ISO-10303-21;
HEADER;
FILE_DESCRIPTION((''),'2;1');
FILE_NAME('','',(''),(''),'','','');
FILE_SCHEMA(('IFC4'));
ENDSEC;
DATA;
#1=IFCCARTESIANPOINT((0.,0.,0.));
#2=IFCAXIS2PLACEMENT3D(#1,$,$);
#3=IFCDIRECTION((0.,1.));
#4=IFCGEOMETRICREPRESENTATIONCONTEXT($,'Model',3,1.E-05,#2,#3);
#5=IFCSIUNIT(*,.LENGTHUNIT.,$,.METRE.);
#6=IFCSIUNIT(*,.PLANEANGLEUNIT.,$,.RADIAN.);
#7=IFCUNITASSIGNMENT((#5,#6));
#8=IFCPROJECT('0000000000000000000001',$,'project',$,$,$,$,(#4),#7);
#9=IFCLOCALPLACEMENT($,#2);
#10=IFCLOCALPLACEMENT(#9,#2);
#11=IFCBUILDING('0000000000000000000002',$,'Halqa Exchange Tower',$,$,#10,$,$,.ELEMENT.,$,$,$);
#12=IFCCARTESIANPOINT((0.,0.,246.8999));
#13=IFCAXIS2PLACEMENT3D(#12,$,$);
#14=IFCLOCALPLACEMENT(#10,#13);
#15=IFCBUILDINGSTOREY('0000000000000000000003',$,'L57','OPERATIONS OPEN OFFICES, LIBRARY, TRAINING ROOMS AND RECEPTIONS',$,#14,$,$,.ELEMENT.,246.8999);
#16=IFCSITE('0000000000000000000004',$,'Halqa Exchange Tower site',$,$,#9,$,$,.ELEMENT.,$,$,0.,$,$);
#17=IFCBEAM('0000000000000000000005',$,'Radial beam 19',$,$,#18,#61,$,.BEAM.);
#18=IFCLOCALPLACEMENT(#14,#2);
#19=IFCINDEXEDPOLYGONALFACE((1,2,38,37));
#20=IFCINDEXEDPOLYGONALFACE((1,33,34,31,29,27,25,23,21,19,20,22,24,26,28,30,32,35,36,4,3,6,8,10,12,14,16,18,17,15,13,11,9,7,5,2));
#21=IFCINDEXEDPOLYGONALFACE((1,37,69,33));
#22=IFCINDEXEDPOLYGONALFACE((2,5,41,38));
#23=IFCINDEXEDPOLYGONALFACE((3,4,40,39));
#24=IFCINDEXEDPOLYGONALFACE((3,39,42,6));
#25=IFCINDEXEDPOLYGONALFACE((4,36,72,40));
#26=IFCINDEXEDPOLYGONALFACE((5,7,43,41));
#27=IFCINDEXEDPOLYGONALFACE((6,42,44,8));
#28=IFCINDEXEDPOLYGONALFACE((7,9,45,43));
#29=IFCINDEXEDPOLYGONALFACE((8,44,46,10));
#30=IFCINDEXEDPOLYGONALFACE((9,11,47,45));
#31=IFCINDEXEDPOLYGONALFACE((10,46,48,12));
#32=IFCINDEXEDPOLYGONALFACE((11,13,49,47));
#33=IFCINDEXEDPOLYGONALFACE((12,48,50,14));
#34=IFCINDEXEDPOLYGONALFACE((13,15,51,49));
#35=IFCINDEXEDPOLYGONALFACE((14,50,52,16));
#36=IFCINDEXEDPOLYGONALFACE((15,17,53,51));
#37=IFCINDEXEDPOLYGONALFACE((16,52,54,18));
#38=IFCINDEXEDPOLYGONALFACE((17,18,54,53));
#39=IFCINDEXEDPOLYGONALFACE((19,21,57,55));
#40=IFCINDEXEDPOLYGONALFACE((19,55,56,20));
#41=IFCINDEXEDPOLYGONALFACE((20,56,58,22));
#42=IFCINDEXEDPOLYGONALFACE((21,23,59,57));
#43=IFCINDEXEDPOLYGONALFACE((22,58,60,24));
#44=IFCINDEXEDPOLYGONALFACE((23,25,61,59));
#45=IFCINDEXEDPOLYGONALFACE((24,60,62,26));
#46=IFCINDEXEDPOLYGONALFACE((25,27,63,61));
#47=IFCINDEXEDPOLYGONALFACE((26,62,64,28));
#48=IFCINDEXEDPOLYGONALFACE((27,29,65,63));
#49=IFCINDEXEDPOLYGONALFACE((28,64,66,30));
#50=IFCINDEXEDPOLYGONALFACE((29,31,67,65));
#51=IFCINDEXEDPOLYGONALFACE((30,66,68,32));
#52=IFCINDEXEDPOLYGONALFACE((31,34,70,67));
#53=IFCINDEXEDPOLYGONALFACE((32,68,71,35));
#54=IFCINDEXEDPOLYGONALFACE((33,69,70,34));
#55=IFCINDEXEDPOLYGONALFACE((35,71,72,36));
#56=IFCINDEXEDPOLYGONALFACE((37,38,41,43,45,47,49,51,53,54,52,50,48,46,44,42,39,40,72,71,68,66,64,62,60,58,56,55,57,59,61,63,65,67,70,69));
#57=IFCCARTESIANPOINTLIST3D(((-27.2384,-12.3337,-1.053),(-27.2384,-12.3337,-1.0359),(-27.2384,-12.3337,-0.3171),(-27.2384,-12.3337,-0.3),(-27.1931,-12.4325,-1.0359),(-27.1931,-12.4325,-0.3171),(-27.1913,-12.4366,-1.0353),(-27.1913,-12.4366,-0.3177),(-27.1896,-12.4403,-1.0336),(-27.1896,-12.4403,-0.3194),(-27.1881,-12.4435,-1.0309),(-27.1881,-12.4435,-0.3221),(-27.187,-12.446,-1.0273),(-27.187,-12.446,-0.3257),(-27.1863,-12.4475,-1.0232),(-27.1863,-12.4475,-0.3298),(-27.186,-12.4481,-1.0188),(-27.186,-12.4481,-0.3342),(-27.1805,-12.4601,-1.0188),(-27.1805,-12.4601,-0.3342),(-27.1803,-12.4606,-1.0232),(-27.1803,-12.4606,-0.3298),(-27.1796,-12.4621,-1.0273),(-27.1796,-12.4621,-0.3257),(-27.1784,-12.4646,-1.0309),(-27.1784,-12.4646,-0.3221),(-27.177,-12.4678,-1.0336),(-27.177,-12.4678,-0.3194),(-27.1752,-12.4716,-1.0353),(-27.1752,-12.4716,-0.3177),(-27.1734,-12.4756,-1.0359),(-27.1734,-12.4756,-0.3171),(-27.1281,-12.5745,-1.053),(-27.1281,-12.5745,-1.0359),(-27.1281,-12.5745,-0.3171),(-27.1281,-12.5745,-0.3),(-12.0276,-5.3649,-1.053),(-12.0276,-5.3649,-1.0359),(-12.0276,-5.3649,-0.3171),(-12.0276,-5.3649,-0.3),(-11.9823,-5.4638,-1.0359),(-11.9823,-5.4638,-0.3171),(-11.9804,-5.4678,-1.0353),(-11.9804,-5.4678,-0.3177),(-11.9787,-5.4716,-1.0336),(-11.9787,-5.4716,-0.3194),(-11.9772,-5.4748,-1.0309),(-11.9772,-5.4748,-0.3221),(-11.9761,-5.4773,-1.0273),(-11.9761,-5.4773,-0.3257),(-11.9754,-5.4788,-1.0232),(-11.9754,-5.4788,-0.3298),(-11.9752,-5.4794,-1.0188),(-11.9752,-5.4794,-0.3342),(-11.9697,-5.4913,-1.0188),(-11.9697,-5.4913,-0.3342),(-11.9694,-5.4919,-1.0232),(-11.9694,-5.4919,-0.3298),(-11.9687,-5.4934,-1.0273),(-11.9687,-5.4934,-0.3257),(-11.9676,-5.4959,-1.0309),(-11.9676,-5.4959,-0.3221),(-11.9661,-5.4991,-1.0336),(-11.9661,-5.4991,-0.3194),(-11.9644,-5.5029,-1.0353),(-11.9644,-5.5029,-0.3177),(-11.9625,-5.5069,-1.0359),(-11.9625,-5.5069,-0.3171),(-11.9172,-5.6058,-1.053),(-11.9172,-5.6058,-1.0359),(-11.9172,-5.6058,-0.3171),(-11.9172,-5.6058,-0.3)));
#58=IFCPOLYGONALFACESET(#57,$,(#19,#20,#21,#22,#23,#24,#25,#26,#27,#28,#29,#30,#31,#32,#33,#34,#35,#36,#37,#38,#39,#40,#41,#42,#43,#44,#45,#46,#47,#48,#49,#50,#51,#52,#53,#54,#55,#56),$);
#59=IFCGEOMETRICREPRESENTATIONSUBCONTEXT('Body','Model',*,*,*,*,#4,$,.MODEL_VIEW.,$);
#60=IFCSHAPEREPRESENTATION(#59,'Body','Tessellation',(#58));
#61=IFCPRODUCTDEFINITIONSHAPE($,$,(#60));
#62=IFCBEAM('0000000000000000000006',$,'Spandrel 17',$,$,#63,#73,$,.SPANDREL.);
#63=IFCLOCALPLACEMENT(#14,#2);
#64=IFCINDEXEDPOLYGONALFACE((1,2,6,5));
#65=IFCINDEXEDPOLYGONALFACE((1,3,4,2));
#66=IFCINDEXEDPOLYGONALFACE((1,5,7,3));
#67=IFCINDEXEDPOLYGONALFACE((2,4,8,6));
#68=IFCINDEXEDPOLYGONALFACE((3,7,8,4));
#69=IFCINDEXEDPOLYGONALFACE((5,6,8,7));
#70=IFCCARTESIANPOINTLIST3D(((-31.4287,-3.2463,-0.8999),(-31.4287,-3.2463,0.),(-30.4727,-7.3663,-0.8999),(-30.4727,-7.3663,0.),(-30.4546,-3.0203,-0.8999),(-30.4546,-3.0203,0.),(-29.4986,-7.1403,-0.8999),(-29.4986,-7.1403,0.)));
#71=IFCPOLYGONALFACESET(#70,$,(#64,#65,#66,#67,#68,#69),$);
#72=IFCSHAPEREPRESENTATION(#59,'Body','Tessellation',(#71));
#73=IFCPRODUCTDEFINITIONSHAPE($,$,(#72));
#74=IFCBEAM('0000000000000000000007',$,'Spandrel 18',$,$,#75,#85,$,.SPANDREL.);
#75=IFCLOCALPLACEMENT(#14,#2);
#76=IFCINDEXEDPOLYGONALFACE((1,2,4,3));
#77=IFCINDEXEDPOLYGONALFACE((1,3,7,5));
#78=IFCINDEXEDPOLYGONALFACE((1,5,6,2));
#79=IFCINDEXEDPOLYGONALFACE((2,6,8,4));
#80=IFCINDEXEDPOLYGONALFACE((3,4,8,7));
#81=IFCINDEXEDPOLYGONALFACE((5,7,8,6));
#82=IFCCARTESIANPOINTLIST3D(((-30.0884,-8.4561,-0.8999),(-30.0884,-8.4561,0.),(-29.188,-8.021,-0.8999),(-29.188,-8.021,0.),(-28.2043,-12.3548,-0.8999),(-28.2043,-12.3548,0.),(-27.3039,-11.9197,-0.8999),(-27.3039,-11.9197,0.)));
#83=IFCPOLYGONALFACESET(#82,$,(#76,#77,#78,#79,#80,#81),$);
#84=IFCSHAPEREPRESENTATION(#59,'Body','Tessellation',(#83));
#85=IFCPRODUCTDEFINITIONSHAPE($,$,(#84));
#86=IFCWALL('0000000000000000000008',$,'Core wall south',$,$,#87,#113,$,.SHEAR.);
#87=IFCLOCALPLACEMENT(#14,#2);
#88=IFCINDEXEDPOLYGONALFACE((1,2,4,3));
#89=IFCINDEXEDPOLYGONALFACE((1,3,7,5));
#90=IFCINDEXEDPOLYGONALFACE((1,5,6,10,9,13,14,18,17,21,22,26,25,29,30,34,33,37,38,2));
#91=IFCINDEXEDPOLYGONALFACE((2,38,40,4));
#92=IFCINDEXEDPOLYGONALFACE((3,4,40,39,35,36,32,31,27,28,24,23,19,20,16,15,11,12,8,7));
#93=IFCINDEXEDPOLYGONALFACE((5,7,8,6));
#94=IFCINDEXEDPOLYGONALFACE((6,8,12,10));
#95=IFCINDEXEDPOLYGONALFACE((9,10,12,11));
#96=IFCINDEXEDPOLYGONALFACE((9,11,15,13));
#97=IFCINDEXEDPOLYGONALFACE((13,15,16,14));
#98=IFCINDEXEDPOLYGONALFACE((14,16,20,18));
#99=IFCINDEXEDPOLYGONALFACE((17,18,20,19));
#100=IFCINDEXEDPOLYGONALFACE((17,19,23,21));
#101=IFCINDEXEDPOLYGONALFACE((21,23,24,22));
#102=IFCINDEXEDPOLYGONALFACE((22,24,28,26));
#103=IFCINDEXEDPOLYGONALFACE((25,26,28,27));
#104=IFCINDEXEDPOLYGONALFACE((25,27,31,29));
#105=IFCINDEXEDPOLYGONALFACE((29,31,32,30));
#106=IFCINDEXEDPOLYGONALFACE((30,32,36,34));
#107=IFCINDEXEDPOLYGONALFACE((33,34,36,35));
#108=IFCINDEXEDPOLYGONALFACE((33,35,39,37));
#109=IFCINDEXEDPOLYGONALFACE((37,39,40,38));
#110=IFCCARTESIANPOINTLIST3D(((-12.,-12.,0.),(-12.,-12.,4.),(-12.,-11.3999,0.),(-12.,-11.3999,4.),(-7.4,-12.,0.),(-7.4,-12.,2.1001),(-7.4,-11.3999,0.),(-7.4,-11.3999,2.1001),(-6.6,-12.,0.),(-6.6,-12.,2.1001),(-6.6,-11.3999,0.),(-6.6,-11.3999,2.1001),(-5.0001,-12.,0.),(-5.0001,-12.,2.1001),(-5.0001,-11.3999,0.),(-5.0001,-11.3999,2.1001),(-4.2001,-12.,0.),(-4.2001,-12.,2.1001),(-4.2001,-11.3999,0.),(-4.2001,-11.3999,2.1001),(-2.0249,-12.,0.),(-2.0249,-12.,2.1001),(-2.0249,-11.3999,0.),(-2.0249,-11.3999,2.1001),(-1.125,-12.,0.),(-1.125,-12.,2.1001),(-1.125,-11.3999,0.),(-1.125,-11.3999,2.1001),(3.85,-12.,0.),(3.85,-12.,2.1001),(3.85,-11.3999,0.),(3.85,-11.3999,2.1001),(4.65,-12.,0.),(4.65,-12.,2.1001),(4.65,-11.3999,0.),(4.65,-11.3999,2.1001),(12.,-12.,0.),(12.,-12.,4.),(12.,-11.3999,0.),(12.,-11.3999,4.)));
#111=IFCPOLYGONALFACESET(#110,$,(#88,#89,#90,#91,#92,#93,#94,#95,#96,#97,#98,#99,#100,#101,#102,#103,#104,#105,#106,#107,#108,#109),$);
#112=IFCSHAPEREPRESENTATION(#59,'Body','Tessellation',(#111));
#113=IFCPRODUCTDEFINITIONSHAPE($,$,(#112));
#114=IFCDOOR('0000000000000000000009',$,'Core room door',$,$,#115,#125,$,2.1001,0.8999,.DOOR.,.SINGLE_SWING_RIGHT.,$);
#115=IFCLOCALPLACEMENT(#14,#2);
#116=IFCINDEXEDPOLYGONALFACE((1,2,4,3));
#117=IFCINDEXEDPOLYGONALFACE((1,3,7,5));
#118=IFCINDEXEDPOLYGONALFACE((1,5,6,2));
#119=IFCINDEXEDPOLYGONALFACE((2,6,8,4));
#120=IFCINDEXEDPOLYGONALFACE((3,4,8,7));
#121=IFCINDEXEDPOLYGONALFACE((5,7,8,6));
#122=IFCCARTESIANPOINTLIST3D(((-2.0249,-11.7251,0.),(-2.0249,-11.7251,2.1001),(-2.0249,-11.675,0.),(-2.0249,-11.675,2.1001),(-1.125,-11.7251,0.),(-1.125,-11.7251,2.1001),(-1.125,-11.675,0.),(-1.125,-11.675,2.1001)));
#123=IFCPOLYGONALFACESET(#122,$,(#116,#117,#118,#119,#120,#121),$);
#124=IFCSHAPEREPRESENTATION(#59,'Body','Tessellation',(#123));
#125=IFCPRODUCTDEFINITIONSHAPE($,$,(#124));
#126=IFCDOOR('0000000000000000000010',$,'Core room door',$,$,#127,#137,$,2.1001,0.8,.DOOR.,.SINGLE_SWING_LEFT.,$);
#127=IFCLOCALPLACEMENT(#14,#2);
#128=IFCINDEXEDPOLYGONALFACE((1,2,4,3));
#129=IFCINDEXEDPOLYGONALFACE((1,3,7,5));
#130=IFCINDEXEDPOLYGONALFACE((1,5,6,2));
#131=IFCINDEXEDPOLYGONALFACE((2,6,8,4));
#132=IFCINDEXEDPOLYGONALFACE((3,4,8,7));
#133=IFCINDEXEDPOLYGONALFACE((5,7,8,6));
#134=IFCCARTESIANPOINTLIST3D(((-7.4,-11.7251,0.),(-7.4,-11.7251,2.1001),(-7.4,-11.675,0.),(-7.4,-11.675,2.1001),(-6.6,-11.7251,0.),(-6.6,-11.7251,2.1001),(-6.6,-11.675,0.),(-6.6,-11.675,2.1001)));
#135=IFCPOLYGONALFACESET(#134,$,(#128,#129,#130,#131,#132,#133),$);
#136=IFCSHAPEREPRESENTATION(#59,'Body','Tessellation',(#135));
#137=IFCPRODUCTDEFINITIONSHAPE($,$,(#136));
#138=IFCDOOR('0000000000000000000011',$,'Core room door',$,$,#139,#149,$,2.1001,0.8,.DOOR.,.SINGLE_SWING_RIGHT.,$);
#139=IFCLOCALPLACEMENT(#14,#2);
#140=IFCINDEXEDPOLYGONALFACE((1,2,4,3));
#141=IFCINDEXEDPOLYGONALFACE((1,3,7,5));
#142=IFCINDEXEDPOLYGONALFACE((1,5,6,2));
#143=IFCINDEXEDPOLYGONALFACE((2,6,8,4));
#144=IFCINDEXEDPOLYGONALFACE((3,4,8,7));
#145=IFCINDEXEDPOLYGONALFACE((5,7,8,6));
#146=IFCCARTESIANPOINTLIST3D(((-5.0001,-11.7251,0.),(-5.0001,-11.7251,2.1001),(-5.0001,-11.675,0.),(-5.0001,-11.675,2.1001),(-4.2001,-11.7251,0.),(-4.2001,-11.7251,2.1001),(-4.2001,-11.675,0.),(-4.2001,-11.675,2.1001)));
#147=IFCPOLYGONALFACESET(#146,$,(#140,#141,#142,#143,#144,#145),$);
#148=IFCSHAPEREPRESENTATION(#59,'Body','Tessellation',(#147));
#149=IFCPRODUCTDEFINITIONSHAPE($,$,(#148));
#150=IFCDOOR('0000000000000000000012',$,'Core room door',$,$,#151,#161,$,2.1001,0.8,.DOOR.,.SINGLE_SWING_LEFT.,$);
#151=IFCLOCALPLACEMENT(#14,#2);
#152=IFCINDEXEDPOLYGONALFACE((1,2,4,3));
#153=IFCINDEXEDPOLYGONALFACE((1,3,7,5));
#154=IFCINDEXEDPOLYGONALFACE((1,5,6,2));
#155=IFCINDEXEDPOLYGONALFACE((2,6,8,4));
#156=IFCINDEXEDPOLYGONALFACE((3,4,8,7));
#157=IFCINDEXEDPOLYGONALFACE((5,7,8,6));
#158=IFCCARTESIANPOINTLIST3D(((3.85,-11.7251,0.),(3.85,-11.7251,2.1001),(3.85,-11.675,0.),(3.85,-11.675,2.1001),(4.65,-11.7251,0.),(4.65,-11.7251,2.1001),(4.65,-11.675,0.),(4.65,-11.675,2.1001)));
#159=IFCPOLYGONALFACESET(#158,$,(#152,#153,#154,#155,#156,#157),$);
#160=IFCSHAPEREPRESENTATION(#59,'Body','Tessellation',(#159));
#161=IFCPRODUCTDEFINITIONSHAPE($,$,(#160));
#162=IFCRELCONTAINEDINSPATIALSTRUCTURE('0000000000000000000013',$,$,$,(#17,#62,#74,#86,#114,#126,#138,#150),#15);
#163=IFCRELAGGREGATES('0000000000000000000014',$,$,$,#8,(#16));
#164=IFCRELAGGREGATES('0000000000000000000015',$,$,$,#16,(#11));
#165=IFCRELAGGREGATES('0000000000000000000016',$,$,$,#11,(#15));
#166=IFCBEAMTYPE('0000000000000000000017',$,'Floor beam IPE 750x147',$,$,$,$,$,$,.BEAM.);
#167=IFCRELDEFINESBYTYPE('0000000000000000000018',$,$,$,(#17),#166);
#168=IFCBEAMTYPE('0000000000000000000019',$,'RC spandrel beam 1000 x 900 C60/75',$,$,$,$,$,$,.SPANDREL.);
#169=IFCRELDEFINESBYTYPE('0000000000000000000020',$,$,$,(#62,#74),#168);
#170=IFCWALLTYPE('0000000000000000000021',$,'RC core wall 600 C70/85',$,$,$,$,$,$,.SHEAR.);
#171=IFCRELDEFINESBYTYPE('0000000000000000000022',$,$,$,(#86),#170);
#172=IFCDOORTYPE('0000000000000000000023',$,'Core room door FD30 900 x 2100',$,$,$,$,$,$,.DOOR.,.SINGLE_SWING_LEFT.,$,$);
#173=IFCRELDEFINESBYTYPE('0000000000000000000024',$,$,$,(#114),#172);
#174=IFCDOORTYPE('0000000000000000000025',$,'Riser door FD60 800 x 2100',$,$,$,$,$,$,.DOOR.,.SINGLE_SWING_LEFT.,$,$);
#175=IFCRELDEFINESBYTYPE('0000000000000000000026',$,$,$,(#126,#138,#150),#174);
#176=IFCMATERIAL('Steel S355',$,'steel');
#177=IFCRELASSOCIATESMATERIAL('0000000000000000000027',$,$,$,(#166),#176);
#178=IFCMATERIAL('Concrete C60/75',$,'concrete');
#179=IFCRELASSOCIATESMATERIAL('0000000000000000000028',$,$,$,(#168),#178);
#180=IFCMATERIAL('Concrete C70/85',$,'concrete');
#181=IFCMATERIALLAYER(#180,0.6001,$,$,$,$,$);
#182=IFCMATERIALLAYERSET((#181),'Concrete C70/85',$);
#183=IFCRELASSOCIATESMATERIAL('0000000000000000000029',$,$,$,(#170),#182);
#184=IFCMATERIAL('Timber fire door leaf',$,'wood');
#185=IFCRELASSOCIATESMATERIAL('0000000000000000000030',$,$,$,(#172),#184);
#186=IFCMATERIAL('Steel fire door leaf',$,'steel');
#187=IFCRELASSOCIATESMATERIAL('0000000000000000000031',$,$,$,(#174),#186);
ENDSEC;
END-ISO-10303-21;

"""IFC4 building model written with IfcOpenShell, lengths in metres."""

from ifc_helpers import new_model, si_unit, direction, frame, frame_2d, origin, origin_2d, place, context, subcontext, project, spatial, rectangle, i_section, extrude, material, layer, layer_set, material_profile, profile_set, type_object, element, fill, save


model = new_model("IFC4")

# Units and contexts
model_context = context("Model", 3, precision=1e-05, world=origin(), true_north=direction((0.0, 1.0)))
body_context = subcontext(model_context, "Body", "Model", "MODEL_VIEW")
ifc_project = project(units=[si_unit("LENGTHUNIT", "METRE"), si_unit("PLANEANGLEUNIT", "RADIAN")], contexts=[model_context])

# Site, building, storey
site_placement = place(None, origin())
site = spatial("IfcSite", under=ifc_project, at=site_placement, Name="Halqa Exchange Tower site", CompositionType="ELEMENT", RefElevation=0.0)
building_placement = place(site_placement, origin())
building = spatial("IfcBuilding", under=site, at=building_placement, Name="Halqa Exchange Tower", CompositionType="ELEMENT")
storey_placement = place(building_placement, frame((0.0, 0.0, 246.8999)))
storey = spatial("IfcBuildingStorey", under=building, at=storey_placement, Name="L57", Description="OPERATIONS OPEN OFFICES, LIBRARY, TRAINING ROOMS AND RECEPTIONS", CompositionType="ELEMENT", Elevation=246.8999)

# Shared definitions
ifc_material_1 = material(Name="Concrete C60/75", Category="concrete")

# Beams
ifc_material_2 = material(Name="Steel S355", Category="steel")
ifc_material_profile_1 = material_profile(ifc_material_2, i_section(OverallWidth=0.2649, OverallDepth=0.7529, WebThickness=0.0132, FlangeThickness=0.0171, FilletRadius=0.0171, at=origin_2d()), Name="IPE 750x147")
ifc_profile_set_1 = profile_set([ifc_material_profile_1], Name="Steel S355")
beam_type_1 = type_object("IfcBeamType", Name="Floor beam IPE 750x147", PredefinedType="BEAM", material=ifc_profile_set_1)
beam_1_placement = place(storey_placement, frame((-11.9724, -5.4854, -0.6765), z_axis=(-0.909131, -0.41651, 0.0), x_axis=(0.41651, -0.909131, 0.0)))
element("IfcBeam", 1, at=beam_1_placement, inside=storey, type_object=beam_type_1, Name="Radial beam 19", PredefinedType="BEAM", context=body_context, shape_type="SweptSolid", body=[
    extrude(i_section(OverallWidth=0.2649, OverallDepth=0.7529, WebThickness=0.0132, FlangeThickness=0.0171, FilletRadius=0.0171, at=origin_2d()), origin(), (0.0, 0.0, 1.0), 16.7312),
])
ifc_material_profile_2 = material_profile(ifc_material_1, rectangle(XDim=1.0, YDim=0.8999, at=origin_2d()), Name="1000 x 900")
ifc_profile_set_2 = profile_set([ifc_material_profile_2], Name="Concrete C60/75")
beam_type_2 = type_object("IfcBeamType", Name="RC spandrel beam 1000 x 900 C60/75", PredefinedType="SPANDREL", material=ifc_profile_set_2)
beam_2_placement = place(storey_placement, frame((-30.9417, -3.1333, -0.45), z_axis=(0.22604, -0.974118, 0.0), x_axis=(0.974118, 0.22604, 0.0)))
element("IfcBeam", 2, at=beam_2_placement, inside=storey, type_object=beam_type_2, Name="Spandrel 17", PredefinedType="SPANDREL", context=body_context, shape_type="SweptSolid", body=[
    extrude(rectangle(XDim=1.0, YDim=0.8999, at=origin_2d()), origin(), (0.0, 0.0, 1.0), 4.2295),
])
beam_3_placement = place(storey_placement, frame((-29.6382, -8.2385, -0.45), z_axis=(0.435107, -0.900379, 0.0), x_axis=(0.900379, 0.435107, 0.0)))
element("IfcBeam", 3, at=beam_3_placement, inside=storey, type_object=beam_type_2, Name="Spandrel 18", PredefinedType="SPANDREL", context=body_context, shape_type="SweptSolid", body=[
    extrude(rectangle(XDim=1.0, YDim=0.8999, at=origin_2d()), origin(), (0.0, 0.0, 1.0), 4.3301),
])

# Shared definitions
ifc_material_3 = material(Name="Steel fire door leaf", Category="steel")

# Wall, openings, doors
ifc_material_4 = material(Name="Concrete C70/85", Category="concrete")
ifc_layer_1 = layer(ifc_material_4, 0.6001)
ifc_layer_set_1 = layer_set([ifc_layer_1], Name="Concrete C70/85")
wall_type_1 = type_object("IfcWallType", Name="RC core wall 600 C70/85", PredefinedType="SHEAR", material=ifc_layer_set_1)
wall_1_placement = place(storey_placement, frame((-12.0, -11.7, 0.0), z_axis=(0.0, 0.0, 1.0), x_axis=(1.0, 0.0, 0.0)))
wall_1 = element("IfcWall", 4, at=wall_1_placement, inside=storey, type_object=wall_type_1, Name="Core wall south", PredefinedType="SHEAR", context=body_context, shape_type="SweptSolid", body=[
    extrude(rectangle(XDim=24.0, YDim=0.6001, at=frame_2d((12.0, 0.0))), origin(), (0.0, 0.0, 1.0), 4.0),
])
opening_1_placement = place(wall_1_placement, frame((9.9751, 0.0, 0.0)))
opening_1 = element("IfcOpeningElement", 5, at=opening_1_placement, cuts=wall_1, PredefinedType="OPENING", context=body_context, shape_type="SweptSolid", body=[
    extrude(rectangle(XDim=0.8999, YDim=2.1001, at=frame_2d((0.45, 1.05))), frame((0.0, 0.312, 0.0), z_axis=(0.0, -1.0, 0.0), x_axis=(1.0, 0.0, 0.0)), (0.0, 0.0, 1.0), 0.624),
])
opening_2_placement = place(wall_1_placement, frame((4.6001, 0.0, 0.0)))
opening_2 = element("IfcOpeningElement", 6, at=opening_2_placement, cuts=wall_1, PredefinedType="OPENING", context=body_context, shape_type="SweptSolid", body=[
    extrude(rectangle(XDim=0.8, YDim=2.1001, at=frame_2d((0.3999, 1.05))), frame((0.0, 0.312, 0.0), z_axis=(0.0, -1.0, 0.0), x_axis=(1.0, 0.0, 0.0)), (0.0, 0.0, 1.0), 0.624),
])
opening_3_placement = place(wall_1_placement, frame((7.0, 0.0, 0.0)))
opening_3 = element("IfcOpeningElement", 7, at=opening_3_placement, cuts=wall_1, PredefinedType="OPENING", context=body_context, shape_type="SweptSolid", body=[
    extrude(rectangle(XDim=0.8, YDim=2.1001, at=frame_2d((0.3999, 1.05))), frame((0.0, 0.312, 0.0), z_axis=(0.0, -1.0, 0.0), x_axis=(1.0, 0.0, 0.0)), (0.0, 0.0, 1.0), 0.624),
])
opening_4_placement = place(wall_1_placement, frame((15.8501, 0.0, 0.0)))
opening_4 = element("IfcOpeningElement", 8, at=opening_4_placement, cuts=wall_1, PredefinedType="OPENING", context=body_context, shape_type="SweptSolid", body=[
    extrude(rectangle(XDim=0.8, YDim=2.1001, at=frame_2d((0.3999, 1.05))), frame((0.0, 0.312, 0.0), z_axis=(0.0, -1.0, 0.0), x_axis=(1.0, 0.0, 0.0)), (0.0, 0.0, 1.0), 0.624),
])
ifc_material_5 = material(Name="Timber fire door leaf", Category="wood")
door_type_1 = type_object("IfcDoorType", Name="Core room door FD30 900 x 2100", OperationType="SINGLE_SWING_LEFT", PredefinedType="DOOR", material=ifc_material_5)
door_1_placement = place(opening_1_placement, origin())
door_1 = element("IfcDoor", 9, at=door_1_placement, inside=storey, type_object=door_type_1, Name="Core room door", OperationType="SINGLE_SWING_RIGHT", OverallHeight=2.1001, OverallWidth=0.8999, PredefinedType="DOOR", context=body_context, shape_type="SweptSolid", body=[
    extrude(rectangle(XDim=0.8999, YDim=2.1001, at=frame_2d((0.45, 1.05))), frame((0.0, 0.0249, 0.0), z_axis=(0.0, -1.0, 0.0), x_axis=(1.0, 0.0, 0.0)), (0.0, 0.0, 1.0), 0.05),
])
fill(opening_1, door_1)
door_type_2 = type_object("IfcDoorType", Name="Riser door FD60 800 x 2100", OperationType="SINGLE_SWING_LEFT", PredefinedType="DOOR", material=ifc_material_3)
door_2_placement = place(opening_2_placement, origin())
door_2 = element("IfcDoor", 10, at=door_2_placement, inside=storey, type_object=door_type_2, Name="Core room door", OperationType="SINGLE_SWING_LEFT", OverallHeight=2.1001, OverallWidth=0.8, PredefinedType="DOOR", context=body_context, shape_type="SweptSolid", body=[
    extrude(rectangle(XDim=0.8, YDim=2.1001, at=frame_2d((0.3999, 1.05))), frame((0.0, 0.0249, 0.0), z_axis=(0.0, -1.0, 0.0), x_axis=(1.0, 0.0, 0.0)), (0.0, 0.0, 1.0), 0.05),
])
fill(opening_2, door_2)
door_3_placement = place(opening_3_placement, origin())
door_3 = element("IfcDoor", 11, at=door_3_placement, inside=storey, type_object=door_type_2, Name="Core room door", OperationType="SINGLE_SWING_RIGHT", OverallHeight=2.1001, OverallWidth=0.8, PredefinedType="DOOR", context=body_context, shape_type="SweptSolid", body=[
    extrude(rectangle(XDim=0.8, YDim=2.1001, at=frame_2d((0.3999, 1.05))), frame((0.0, 0.0249, 0.0), z_axis=(0.0, -1.0, 0.0), x_axis=(1.0, 0.0, 0.0)), (0.0, 0.0, 1.0), 0.05),
])
fill(opening_3, door_3)
door_4_placement = place(opening_4_placement, origin())
door_4 = element("IfcDoor", 12, at=door_4_placement, inside=storey, type_object=door_type_2, Name="Core room door", OperationType="SINGLE_SWING_LEFT", OverallHeight=2.1001, OverallWidth=0.8, PredefinedType="DOOR", context=body_context, shape_type="SweptSolid", body=[
    extrude(rectangle(XDim=0.8, YDim=2.1001, at=frame_2d((0.3999, 1.05))), frame((0.0, 0.0249, 0.0), z_axis=(0.0, -1.0, 0.0), x_axis=(1.0, 0.0, 0.0)), (0.0, 0.0, 1.0), 0.05),
])
fill(opening_4, door_4)

save(model, "model.ifc")
